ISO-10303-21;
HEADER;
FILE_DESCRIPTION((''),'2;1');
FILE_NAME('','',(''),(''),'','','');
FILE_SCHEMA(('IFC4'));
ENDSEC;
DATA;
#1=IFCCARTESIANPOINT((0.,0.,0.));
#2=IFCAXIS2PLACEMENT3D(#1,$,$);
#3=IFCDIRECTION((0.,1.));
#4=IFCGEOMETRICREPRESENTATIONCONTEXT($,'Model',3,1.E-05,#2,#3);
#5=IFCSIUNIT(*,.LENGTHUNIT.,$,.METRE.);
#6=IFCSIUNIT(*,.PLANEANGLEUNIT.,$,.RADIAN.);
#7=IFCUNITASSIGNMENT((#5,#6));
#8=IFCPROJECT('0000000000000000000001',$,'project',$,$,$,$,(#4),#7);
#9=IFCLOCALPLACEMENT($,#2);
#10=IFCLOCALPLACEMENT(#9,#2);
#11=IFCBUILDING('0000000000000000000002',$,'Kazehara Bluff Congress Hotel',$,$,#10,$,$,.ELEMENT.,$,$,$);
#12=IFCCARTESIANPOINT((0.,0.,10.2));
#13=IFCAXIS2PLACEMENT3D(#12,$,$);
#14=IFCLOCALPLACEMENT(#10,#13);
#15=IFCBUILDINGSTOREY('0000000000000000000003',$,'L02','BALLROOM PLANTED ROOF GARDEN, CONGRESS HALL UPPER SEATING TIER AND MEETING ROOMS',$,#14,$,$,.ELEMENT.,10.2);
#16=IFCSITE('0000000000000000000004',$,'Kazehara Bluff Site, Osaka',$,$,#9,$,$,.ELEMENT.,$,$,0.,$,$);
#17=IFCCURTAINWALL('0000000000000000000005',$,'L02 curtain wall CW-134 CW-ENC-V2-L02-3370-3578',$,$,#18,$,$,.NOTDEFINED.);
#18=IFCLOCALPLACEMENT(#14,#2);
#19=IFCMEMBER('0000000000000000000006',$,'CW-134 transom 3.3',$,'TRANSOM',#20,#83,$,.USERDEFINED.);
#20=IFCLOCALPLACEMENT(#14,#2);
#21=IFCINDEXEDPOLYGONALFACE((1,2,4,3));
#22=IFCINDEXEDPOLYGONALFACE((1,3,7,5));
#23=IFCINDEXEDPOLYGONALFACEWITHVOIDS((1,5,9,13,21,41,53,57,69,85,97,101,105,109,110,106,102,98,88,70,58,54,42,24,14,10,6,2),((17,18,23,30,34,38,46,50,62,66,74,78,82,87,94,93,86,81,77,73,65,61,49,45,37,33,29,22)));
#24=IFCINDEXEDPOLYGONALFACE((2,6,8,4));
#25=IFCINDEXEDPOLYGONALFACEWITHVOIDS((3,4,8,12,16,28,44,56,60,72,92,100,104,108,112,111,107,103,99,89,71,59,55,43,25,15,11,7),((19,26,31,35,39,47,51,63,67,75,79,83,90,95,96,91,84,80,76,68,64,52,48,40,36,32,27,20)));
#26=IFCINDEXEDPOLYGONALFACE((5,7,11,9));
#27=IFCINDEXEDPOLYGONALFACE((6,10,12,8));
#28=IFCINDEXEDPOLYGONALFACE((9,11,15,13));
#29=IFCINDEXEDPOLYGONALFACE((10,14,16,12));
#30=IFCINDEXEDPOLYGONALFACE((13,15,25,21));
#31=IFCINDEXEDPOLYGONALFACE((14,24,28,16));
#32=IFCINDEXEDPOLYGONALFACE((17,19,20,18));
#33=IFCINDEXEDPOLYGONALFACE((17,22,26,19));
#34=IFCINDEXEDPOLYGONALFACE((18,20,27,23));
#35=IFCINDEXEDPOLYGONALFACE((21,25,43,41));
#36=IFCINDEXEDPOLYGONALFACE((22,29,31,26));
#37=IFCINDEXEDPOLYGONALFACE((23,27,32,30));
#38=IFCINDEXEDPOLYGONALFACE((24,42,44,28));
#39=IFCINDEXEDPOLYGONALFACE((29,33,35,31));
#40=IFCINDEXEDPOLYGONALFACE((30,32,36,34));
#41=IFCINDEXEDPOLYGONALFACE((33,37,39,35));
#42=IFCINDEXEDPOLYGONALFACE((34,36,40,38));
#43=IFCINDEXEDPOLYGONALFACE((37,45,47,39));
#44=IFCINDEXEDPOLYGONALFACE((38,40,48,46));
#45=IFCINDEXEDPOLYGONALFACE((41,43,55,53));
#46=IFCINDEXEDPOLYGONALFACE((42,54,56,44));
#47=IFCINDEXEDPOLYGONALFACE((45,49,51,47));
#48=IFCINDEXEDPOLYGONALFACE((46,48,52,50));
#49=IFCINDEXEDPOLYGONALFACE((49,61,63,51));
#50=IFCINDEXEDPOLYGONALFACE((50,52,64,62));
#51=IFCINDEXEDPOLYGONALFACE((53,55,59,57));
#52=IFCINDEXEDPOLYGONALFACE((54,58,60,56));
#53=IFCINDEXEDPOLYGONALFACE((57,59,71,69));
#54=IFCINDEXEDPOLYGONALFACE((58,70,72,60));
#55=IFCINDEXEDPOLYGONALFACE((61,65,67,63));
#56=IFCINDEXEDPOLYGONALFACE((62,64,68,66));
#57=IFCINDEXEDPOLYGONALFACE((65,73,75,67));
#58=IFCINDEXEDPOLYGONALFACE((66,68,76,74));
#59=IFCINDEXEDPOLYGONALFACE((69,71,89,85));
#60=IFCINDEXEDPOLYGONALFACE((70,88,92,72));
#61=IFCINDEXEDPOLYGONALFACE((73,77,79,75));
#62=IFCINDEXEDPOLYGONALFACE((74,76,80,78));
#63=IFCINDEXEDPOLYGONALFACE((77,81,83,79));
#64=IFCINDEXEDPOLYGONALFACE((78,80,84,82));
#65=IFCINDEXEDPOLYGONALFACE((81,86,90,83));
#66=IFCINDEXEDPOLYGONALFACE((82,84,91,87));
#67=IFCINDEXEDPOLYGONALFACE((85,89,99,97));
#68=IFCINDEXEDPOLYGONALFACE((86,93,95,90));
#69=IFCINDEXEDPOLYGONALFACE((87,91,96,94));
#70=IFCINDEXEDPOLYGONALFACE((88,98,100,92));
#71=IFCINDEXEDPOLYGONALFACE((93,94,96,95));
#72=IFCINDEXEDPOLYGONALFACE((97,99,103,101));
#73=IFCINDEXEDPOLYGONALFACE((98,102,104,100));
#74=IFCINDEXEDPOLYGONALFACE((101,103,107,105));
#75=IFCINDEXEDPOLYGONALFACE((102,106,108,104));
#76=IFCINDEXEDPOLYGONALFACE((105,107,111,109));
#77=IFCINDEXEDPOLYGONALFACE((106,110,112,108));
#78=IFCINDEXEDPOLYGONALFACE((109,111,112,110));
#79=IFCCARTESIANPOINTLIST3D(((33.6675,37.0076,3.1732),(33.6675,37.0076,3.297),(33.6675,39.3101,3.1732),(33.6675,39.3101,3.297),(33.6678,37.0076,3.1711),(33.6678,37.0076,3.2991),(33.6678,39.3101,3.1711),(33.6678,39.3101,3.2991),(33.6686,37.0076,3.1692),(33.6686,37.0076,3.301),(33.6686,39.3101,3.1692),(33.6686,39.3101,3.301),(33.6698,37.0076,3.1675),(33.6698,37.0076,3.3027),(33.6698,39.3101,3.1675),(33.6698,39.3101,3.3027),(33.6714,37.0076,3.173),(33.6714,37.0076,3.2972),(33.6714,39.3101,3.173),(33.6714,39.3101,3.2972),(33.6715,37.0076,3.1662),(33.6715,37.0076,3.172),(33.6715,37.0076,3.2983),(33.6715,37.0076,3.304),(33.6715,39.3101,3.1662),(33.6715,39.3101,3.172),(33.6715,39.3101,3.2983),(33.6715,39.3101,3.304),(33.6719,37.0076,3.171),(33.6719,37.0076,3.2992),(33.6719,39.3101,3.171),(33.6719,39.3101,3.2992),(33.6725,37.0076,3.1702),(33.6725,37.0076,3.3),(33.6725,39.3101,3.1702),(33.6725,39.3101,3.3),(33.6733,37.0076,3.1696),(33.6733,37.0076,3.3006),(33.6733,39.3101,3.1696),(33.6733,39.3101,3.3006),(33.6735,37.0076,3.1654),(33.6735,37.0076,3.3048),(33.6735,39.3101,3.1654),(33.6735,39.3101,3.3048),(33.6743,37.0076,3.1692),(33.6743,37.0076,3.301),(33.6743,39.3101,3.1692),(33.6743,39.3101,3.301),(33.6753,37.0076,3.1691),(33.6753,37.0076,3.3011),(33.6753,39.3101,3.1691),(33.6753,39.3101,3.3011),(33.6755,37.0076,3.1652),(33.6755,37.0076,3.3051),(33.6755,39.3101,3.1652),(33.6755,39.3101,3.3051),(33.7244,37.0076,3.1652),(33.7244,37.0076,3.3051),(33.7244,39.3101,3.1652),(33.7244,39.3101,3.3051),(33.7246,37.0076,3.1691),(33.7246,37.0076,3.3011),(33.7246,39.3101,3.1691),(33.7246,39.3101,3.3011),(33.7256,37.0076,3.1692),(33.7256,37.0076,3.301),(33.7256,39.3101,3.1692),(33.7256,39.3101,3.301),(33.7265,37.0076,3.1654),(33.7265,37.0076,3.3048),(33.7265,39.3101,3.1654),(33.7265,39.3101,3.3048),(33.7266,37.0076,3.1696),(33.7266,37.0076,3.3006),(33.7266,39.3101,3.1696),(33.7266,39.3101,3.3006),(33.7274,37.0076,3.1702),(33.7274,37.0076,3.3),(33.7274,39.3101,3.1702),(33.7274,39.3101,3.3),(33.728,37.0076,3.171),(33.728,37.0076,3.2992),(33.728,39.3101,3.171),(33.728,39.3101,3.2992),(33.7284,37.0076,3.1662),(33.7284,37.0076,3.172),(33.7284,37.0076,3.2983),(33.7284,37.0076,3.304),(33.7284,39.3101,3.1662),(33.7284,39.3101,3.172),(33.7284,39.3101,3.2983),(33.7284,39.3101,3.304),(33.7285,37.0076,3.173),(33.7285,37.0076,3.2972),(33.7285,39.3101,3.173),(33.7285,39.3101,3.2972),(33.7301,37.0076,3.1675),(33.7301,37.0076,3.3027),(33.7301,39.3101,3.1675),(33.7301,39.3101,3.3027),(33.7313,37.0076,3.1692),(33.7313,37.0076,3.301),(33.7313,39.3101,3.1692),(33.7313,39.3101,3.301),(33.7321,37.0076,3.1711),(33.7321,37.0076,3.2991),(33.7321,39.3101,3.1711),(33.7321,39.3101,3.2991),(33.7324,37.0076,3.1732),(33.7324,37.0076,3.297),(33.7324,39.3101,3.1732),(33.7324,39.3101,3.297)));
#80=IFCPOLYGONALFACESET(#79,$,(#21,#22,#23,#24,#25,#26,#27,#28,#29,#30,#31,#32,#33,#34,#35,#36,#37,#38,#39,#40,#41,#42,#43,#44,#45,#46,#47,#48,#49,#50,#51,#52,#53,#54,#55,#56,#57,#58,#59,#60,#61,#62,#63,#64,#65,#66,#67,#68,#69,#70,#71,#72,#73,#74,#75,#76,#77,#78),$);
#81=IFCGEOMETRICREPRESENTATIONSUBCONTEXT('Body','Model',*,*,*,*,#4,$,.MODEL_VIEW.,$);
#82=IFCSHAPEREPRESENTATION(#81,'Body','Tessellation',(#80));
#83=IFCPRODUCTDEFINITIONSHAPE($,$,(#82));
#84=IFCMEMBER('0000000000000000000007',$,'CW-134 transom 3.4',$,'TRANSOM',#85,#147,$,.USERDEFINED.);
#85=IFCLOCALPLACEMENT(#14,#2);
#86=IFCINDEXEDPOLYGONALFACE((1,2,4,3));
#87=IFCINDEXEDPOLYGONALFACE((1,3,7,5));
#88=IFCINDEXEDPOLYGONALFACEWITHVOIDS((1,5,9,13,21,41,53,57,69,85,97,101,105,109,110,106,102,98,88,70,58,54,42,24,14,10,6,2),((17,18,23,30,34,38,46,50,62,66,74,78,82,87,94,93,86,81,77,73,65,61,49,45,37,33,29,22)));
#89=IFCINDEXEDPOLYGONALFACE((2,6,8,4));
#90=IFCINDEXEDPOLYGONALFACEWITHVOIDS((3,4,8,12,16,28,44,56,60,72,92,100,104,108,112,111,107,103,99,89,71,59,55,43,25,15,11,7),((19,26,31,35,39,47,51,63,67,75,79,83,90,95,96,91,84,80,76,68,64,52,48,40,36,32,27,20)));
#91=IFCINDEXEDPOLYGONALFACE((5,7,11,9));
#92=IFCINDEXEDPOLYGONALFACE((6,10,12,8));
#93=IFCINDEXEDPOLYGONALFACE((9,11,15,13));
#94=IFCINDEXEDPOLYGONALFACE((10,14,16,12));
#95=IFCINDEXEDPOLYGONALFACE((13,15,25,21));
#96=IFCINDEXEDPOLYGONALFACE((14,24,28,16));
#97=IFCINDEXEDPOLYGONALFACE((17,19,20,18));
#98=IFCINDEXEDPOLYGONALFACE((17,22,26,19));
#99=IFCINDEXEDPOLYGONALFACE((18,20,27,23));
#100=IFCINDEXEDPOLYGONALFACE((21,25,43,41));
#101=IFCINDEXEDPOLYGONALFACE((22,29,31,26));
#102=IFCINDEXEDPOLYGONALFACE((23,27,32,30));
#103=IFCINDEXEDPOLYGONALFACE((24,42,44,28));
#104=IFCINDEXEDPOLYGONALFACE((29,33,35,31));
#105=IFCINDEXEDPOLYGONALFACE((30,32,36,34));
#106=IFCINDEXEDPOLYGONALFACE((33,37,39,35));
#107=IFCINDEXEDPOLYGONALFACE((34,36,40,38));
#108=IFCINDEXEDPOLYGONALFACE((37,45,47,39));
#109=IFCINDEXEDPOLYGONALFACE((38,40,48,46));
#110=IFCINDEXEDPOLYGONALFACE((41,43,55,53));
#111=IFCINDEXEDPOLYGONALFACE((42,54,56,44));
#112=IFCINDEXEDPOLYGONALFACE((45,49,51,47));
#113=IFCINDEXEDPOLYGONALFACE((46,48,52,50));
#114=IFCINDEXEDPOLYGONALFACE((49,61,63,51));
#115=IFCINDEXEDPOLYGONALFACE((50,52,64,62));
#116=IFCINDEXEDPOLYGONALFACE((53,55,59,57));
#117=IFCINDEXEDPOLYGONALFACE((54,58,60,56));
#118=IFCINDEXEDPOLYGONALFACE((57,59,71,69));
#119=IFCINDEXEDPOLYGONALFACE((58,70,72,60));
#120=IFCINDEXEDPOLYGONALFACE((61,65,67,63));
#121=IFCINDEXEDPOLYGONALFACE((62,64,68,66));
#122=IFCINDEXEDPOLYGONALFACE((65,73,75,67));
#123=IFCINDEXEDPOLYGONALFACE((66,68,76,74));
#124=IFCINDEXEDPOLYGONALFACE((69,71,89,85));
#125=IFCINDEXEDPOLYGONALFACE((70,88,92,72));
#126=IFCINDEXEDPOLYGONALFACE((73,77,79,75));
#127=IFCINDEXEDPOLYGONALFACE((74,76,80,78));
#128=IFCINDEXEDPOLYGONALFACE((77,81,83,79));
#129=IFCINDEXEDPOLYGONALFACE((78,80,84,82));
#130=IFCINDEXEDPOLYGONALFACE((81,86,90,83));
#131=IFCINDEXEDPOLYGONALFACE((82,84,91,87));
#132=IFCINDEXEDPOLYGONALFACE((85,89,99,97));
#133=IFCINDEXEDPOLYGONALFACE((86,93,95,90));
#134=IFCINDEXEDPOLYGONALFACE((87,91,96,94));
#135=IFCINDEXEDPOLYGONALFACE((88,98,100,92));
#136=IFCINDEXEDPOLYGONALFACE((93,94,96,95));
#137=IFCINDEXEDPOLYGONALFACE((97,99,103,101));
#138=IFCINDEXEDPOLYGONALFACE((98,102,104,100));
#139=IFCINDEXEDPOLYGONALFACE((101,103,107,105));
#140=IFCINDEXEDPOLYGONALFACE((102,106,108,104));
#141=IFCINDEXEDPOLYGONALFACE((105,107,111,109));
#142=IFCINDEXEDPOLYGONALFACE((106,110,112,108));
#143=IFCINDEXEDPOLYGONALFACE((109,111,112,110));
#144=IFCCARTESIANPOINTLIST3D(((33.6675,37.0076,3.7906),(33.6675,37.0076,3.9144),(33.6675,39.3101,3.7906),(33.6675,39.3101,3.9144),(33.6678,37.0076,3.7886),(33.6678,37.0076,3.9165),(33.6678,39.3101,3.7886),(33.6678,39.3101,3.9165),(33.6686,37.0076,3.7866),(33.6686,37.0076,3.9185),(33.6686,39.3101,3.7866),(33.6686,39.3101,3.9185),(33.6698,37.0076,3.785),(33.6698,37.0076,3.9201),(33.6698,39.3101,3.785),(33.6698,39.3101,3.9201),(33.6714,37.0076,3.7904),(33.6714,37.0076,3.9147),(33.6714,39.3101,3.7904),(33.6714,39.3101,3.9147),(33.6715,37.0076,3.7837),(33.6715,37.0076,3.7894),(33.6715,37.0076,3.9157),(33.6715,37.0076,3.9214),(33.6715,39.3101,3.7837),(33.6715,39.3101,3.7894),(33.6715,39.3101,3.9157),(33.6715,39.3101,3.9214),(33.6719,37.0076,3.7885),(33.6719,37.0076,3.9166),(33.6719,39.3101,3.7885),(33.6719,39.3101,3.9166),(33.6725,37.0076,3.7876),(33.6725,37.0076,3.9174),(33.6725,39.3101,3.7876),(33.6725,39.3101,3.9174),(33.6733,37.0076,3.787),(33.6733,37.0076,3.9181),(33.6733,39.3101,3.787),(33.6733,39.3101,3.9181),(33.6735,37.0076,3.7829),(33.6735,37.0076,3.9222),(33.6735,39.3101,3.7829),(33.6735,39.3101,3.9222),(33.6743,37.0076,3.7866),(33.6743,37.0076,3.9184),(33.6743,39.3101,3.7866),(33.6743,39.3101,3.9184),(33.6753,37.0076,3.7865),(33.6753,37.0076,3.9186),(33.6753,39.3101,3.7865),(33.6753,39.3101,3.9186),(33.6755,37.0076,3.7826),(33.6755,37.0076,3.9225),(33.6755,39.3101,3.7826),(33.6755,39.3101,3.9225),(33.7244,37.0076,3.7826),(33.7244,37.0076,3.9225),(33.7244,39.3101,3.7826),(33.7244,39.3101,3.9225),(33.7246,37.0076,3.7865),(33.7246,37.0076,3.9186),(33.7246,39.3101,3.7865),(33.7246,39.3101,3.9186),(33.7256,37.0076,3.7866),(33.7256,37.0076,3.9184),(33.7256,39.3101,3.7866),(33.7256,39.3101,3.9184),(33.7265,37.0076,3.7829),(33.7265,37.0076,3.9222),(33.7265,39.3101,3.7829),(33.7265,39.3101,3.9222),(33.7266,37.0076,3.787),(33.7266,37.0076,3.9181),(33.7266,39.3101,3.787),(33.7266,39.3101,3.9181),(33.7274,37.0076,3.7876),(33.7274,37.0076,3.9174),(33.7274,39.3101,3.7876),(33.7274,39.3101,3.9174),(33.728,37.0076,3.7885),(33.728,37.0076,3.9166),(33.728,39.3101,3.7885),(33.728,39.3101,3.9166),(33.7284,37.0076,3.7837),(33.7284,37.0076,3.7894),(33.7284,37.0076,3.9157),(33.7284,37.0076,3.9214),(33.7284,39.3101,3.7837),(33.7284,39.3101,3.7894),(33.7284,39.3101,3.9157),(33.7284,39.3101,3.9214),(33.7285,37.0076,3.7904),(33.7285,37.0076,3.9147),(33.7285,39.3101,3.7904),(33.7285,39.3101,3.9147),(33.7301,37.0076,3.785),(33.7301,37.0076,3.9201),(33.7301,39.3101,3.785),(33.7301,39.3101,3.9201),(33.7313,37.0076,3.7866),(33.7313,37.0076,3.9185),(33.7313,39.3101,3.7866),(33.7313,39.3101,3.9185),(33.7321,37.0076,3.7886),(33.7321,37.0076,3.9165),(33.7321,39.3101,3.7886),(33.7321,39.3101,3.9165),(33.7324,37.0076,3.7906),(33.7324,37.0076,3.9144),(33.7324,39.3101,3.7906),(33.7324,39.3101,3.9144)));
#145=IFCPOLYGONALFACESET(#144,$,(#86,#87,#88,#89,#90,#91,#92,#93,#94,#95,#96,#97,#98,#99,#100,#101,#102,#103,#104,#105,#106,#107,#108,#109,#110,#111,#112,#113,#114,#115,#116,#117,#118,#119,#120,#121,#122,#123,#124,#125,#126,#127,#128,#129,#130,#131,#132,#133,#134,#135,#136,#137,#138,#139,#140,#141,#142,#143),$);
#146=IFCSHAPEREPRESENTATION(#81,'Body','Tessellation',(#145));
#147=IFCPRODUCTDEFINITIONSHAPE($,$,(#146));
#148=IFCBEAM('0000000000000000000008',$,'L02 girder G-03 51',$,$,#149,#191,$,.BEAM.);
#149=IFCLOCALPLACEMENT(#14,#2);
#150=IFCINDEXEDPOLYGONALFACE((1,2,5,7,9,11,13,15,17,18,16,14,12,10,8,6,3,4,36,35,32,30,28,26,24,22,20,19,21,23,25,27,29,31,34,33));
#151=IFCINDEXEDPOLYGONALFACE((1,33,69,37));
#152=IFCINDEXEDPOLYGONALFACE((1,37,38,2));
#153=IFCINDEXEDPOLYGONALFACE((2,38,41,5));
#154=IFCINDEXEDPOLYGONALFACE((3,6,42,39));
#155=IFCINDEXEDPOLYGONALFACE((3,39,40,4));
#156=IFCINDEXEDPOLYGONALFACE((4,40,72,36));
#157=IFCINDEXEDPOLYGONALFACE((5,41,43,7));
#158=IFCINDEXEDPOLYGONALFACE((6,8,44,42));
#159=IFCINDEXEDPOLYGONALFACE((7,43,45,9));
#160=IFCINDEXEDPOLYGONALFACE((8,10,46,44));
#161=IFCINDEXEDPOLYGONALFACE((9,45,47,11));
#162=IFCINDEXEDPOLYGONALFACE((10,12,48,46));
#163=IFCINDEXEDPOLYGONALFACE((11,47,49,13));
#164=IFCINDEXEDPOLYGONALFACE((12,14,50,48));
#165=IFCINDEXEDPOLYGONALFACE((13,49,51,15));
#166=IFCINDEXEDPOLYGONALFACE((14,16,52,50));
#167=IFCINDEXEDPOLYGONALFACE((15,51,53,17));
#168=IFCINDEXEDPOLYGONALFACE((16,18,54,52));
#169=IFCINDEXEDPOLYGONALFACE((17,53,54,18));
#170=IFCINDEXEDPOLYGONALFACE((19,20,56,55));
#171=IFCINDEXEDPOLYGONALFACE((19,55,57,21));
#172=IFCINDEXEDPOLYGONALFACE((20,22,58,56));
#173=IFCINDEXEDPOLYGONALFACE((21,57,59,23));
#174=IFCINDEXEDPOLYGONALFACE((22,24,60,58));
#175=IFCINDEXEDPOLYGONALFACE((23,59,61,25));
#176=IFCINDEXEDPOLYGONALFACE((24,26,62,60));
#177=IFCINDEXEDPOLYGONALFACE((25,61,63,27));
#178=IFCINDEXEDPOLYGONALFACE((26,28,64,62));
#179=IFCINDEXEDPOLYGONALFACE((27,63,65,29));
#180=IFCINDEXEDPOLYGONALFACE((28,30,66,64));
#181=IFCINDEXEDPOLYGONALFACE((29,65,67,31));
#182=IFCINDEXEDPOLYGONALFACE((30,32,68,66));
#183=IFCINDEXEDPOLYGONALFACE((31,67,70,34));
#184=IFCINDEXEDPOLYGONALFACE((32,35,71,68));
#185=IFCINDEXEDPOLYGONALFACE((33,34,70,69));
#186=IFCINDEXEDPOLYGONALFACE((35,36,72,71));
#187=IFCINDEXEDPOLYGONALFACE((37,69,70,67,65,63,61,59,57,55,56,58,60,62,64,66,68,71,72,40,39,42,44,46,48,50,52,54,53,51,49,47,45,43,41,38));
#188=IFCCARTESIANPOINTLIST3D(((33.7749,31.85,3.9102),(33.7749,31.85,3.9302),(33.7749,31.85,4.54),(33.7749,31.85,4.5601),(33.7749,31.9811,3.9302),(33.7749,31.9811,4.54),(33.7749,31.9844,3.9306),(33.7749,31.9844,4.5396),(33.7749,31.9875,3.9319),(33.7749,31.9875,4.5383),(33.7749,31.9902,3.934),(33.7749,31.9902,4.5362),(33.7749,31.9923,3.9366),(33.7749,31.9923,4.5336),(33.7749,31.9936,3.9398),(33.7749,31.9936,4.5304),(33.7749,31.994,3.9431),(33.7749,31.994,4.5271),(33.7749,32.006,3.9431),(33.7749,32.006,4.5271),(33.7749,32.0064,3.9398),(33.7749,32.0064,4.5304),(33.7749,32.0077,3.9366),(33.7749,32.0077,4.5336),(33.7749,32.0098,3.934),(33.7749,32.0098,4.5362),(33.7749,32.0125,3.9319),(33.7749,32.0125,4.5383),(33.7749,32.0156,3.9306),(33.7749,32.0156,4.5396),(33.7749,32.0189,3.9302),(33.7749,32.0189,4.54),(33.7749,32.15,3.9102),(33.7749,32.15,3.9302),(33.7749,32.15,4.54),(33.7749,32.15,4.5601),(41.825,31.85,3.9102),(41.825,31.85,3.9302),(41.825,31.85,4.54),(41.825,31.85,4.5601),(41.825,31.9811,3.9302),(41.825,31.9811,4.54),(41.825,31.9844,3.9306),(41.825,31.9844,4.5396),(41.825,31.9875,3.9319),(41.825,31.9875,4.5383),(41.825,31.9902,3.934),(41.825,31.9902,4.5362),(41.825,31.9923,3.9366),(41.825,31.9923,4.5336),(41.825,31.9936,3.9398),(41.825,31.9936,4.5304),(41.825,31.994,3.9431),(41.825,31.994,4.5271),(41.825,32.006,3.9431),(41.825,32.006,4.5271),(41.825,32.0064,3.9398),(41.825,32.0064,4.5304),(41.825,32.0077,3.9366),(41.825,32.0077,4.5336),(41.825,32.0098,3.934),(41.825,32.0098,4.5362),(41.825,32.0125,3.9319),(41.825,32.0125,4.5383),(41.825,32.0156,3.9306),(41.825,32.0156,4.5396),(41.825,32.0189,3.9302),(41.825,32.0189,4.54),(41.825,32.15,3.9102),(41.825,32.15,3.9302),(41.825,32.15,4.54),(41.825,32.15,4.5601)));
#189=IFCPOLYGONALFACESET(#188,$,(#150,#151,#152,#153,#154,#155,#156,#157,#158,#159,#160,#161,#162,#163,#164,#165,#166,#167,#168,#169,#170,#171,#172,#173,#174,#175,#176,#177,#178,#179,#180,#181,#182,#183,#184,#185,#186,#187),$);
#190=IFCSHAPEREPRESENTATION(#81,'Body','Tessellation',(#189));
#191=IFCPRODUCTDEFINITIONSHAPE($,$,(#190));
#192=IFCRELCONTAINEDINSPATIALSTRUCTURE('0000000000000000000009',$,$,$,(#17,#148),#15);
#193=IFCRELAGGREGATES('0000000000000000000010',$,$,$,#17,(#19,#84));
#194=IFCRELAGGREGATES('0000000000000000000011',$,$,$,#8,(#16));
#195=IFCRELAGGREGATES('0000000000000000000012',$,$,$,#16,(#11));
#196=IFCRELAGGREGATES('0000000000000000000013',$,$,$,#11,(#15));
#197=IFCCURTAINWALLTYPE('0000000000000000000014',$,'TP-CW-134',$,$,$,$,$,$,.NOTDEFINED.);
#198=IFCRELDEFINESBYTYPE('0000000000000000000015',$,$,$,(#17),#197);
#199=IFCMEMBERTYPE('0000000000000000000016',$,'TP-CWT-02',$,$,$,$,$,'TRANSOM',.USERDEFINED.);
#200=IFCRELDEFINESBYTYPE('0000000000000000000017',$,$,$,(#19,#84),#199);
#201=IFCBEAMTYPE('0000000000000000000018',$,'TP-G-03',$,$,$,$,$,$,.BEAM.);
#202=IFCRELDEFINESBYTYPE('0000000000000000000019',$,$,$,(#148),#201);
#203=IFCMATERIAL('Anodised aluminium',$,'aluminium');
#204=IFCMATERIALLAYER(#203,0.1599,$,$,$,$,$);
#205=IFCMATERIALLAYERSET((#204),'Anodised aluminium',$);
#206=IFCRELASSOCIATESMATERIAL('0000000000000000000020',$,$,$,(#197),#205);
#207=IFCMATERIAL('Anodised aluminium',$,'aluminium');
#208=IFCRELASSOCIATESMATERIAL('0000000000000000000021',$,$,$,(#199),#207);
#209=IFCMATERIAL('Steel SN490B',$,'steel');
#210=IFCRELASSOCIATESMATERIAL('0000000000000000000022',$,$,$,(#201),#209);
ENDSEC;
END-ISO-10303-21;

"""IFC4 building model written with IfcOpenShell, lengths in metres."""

from ifc_helpers import new_model, si_unit, direction, frame, origin, origin_2d, place, context, subcontext, project, spatial, hollow_rectangle, i_section, extrude, material, layer, layer_set, material_profile, profile_set, type_object, element, aggregate, save


model = new_model("IFC4")

# Units and contexts
model_context = context("Model", 3, precision=1e-05, world=origin(), true_north=direction((0.0, 1.0)))
body_context = subcontext(model_context, "Body", "Model", "MODEL_VIEW")
ifc_project = project(units=[si_unit("LENGTHUNIT", "METRE"), si_unit("PLANEANGLEUNIT", "RADIAN")], contexts=[model_context])

# Site, building, storey
site_placement = place(None, origin())
site = spatial("IfcSite", under=ifc_project, at=site_placement, Name="Kazehara Bluff Site, Osaka", CompositionType="ELEMENT", RefElevation=0.0)
building_placement = place(site_placement, origin())
building = spatial("IfcBuilding", under=site, at=building_placement, Name="Kazehara Bluff Congress Hotel", CompositionType="ELEMENT")
storey_placement = place(building_placement, frame((0.0, 0.0, 10.2)))
storey = spatial("IfcBuildingStorey", under=building, at=storey_placement, Name="L02", Description="BALLROOM PLANTED ROOF GARDEN, CONGRESS HALL UPPER SEATING TIER AND MEETING ROOMS", CompositionType="ELEMENT", Elevation=10.2)

# Curtain wall, members
ifc_material_1 = material(Name="Anodised aluminium", Category="aluminium")
ifc_layer_1 = layer(ifc_material_1, 0.1599)
ifc_layer_set_1 = layer_set([ifc_layer_1], Name="Anodised aluminium")
curtain_wall_type_1 = type_object("IfcCurtainWallType", Name="TP-CW-134", PredefinedType="NOTDEFINED", material=ifc_layer_set_1)
curtain_wall_1_placement = place(storey_placement, origin())
curtain_wall_1 = element("IfcCurtainWall", 1, at=curtain_wall_1_placement, inside=storey, type_object=curtain_wall_type_1, Name="L02 curtain wall CW-134 CW-ENC-V2-L02-3370-3578", PredefinedType="NOTDEFINED")
ifc_material_2 = material(Name="Anodised aluminium", Category="aluminium")
ifc_material_profile_1 = material_profile(ifc_material_2, hollow_rectangle(XDim=0.0649, YDim=0.1399, WallThickness=0.0039, InnerFilletRadius=0.0039, OuterFilletRadius=0.0081, at=origin_2d()))
ifc_profile_set_1 = profile_set([ifc_material_profile_1], Name="Anodised aluminium")
member_type_1 = type_object("IfcMemberType", Name="TP-CWT-02", ElementType="TRANSOM", PredefinedType="USERDEFINED", material=ifc_profile_set_1)
member_1_placement = place(storey_placement, frame((33.7, 37.0076, 3.2351), z_axis=(0.0, 1.0, 0.0), x_axis=(-1.0, 0.0, 0.0)))
member_1 = element("IfcMember", 2, at=member_1_placement, type_object=member_type_1, Name="CW-134 transom 3.3", ObjectType="TRANSOM", PredefinedType="USERDEFINED", context=body_context, shape_type="SweptSolid", body=[
    extrude(hollow_rectangle(XDim=0.0649, YDim=0.1399, WallThickness=0.0039, InnerFilletRadius=0.0039, OuterFilletRadius=0.0081, at=origin_2d()), origin(), (0.0, 0.0, 1.0), 2.3025),
])
member_2_placement = place(storey_placement, frame((33.7, 37.0076, 3.8525), z_axis=(0.0, 1.0, 0.0), x_axis=(-1.0, 0.0, 0.0)))
member_2 = element("IfcMember", 3, at=member_2_placement, type_object=member_type_1, Name="CW-134 transom 3.4", ObjectType="TRANSOM", PredefinedType="USERDEFINED", context=body_context, shape_type="SweptSolid", body=[
    extrude(hollow_rectangle(XDim=0.0649, YDim=0.1399, WallThickness=0.0039, InnerFilletRadius=0.0039, OuterFilletRadius=0.0081, at=origin_2d()), origin(), (0.0, 0.0, 1.0), 2.3025),
])

# Beam
ifc_material_3 = material(Name="Steel SN490B", Category="steel")
ifc_material_profile_2 = material_profile(ifc_material_3, i_section(OverallWidth=0.3, OverallDepth=0.6499, WebThickness=0.012, FlangeThickness=0.02, FilletRadius=0.0129, at=origin_2d()))
ifc_profile_set_2 = profile_set([ifc_material_profile_2], Name="Steel SN490B")
beam_type_1 = type_object("IfcBeamType", Name="TP-G-03", PredefinedType="BEAM", material=ifc_profile_set_2)
for number, where, z_axis, x_axis, name in (
    (4, (33.7749, 32.0, 4.2351), (1.0, 0.0, 0.0), (0.0, 1.0, 0.0), "L02 girder G-03 51"),
):
    element("IfcBeam", number, at=place(storey_placement, frame(where, z_axis=z_axis, x_axis=x_axis)), inside=storey, type_object=beam_type_1, Name=name, PredefinedType="BEAM", context=body_context, shape_type="SweptSolid", body=[
        extrude(i_section(OverallWidth=0.3, OverallDepth=0.6499, WebThickness=0.012, FlangeThickness=0.02, FilletRadius=0.0129, at=origin_2d()), origin(), (0.0, 0.0, 1.0), 8.05),
    ])

aggregate(curtain_wall_1, [member_1, member_2])

save(model, "model.ifc")
